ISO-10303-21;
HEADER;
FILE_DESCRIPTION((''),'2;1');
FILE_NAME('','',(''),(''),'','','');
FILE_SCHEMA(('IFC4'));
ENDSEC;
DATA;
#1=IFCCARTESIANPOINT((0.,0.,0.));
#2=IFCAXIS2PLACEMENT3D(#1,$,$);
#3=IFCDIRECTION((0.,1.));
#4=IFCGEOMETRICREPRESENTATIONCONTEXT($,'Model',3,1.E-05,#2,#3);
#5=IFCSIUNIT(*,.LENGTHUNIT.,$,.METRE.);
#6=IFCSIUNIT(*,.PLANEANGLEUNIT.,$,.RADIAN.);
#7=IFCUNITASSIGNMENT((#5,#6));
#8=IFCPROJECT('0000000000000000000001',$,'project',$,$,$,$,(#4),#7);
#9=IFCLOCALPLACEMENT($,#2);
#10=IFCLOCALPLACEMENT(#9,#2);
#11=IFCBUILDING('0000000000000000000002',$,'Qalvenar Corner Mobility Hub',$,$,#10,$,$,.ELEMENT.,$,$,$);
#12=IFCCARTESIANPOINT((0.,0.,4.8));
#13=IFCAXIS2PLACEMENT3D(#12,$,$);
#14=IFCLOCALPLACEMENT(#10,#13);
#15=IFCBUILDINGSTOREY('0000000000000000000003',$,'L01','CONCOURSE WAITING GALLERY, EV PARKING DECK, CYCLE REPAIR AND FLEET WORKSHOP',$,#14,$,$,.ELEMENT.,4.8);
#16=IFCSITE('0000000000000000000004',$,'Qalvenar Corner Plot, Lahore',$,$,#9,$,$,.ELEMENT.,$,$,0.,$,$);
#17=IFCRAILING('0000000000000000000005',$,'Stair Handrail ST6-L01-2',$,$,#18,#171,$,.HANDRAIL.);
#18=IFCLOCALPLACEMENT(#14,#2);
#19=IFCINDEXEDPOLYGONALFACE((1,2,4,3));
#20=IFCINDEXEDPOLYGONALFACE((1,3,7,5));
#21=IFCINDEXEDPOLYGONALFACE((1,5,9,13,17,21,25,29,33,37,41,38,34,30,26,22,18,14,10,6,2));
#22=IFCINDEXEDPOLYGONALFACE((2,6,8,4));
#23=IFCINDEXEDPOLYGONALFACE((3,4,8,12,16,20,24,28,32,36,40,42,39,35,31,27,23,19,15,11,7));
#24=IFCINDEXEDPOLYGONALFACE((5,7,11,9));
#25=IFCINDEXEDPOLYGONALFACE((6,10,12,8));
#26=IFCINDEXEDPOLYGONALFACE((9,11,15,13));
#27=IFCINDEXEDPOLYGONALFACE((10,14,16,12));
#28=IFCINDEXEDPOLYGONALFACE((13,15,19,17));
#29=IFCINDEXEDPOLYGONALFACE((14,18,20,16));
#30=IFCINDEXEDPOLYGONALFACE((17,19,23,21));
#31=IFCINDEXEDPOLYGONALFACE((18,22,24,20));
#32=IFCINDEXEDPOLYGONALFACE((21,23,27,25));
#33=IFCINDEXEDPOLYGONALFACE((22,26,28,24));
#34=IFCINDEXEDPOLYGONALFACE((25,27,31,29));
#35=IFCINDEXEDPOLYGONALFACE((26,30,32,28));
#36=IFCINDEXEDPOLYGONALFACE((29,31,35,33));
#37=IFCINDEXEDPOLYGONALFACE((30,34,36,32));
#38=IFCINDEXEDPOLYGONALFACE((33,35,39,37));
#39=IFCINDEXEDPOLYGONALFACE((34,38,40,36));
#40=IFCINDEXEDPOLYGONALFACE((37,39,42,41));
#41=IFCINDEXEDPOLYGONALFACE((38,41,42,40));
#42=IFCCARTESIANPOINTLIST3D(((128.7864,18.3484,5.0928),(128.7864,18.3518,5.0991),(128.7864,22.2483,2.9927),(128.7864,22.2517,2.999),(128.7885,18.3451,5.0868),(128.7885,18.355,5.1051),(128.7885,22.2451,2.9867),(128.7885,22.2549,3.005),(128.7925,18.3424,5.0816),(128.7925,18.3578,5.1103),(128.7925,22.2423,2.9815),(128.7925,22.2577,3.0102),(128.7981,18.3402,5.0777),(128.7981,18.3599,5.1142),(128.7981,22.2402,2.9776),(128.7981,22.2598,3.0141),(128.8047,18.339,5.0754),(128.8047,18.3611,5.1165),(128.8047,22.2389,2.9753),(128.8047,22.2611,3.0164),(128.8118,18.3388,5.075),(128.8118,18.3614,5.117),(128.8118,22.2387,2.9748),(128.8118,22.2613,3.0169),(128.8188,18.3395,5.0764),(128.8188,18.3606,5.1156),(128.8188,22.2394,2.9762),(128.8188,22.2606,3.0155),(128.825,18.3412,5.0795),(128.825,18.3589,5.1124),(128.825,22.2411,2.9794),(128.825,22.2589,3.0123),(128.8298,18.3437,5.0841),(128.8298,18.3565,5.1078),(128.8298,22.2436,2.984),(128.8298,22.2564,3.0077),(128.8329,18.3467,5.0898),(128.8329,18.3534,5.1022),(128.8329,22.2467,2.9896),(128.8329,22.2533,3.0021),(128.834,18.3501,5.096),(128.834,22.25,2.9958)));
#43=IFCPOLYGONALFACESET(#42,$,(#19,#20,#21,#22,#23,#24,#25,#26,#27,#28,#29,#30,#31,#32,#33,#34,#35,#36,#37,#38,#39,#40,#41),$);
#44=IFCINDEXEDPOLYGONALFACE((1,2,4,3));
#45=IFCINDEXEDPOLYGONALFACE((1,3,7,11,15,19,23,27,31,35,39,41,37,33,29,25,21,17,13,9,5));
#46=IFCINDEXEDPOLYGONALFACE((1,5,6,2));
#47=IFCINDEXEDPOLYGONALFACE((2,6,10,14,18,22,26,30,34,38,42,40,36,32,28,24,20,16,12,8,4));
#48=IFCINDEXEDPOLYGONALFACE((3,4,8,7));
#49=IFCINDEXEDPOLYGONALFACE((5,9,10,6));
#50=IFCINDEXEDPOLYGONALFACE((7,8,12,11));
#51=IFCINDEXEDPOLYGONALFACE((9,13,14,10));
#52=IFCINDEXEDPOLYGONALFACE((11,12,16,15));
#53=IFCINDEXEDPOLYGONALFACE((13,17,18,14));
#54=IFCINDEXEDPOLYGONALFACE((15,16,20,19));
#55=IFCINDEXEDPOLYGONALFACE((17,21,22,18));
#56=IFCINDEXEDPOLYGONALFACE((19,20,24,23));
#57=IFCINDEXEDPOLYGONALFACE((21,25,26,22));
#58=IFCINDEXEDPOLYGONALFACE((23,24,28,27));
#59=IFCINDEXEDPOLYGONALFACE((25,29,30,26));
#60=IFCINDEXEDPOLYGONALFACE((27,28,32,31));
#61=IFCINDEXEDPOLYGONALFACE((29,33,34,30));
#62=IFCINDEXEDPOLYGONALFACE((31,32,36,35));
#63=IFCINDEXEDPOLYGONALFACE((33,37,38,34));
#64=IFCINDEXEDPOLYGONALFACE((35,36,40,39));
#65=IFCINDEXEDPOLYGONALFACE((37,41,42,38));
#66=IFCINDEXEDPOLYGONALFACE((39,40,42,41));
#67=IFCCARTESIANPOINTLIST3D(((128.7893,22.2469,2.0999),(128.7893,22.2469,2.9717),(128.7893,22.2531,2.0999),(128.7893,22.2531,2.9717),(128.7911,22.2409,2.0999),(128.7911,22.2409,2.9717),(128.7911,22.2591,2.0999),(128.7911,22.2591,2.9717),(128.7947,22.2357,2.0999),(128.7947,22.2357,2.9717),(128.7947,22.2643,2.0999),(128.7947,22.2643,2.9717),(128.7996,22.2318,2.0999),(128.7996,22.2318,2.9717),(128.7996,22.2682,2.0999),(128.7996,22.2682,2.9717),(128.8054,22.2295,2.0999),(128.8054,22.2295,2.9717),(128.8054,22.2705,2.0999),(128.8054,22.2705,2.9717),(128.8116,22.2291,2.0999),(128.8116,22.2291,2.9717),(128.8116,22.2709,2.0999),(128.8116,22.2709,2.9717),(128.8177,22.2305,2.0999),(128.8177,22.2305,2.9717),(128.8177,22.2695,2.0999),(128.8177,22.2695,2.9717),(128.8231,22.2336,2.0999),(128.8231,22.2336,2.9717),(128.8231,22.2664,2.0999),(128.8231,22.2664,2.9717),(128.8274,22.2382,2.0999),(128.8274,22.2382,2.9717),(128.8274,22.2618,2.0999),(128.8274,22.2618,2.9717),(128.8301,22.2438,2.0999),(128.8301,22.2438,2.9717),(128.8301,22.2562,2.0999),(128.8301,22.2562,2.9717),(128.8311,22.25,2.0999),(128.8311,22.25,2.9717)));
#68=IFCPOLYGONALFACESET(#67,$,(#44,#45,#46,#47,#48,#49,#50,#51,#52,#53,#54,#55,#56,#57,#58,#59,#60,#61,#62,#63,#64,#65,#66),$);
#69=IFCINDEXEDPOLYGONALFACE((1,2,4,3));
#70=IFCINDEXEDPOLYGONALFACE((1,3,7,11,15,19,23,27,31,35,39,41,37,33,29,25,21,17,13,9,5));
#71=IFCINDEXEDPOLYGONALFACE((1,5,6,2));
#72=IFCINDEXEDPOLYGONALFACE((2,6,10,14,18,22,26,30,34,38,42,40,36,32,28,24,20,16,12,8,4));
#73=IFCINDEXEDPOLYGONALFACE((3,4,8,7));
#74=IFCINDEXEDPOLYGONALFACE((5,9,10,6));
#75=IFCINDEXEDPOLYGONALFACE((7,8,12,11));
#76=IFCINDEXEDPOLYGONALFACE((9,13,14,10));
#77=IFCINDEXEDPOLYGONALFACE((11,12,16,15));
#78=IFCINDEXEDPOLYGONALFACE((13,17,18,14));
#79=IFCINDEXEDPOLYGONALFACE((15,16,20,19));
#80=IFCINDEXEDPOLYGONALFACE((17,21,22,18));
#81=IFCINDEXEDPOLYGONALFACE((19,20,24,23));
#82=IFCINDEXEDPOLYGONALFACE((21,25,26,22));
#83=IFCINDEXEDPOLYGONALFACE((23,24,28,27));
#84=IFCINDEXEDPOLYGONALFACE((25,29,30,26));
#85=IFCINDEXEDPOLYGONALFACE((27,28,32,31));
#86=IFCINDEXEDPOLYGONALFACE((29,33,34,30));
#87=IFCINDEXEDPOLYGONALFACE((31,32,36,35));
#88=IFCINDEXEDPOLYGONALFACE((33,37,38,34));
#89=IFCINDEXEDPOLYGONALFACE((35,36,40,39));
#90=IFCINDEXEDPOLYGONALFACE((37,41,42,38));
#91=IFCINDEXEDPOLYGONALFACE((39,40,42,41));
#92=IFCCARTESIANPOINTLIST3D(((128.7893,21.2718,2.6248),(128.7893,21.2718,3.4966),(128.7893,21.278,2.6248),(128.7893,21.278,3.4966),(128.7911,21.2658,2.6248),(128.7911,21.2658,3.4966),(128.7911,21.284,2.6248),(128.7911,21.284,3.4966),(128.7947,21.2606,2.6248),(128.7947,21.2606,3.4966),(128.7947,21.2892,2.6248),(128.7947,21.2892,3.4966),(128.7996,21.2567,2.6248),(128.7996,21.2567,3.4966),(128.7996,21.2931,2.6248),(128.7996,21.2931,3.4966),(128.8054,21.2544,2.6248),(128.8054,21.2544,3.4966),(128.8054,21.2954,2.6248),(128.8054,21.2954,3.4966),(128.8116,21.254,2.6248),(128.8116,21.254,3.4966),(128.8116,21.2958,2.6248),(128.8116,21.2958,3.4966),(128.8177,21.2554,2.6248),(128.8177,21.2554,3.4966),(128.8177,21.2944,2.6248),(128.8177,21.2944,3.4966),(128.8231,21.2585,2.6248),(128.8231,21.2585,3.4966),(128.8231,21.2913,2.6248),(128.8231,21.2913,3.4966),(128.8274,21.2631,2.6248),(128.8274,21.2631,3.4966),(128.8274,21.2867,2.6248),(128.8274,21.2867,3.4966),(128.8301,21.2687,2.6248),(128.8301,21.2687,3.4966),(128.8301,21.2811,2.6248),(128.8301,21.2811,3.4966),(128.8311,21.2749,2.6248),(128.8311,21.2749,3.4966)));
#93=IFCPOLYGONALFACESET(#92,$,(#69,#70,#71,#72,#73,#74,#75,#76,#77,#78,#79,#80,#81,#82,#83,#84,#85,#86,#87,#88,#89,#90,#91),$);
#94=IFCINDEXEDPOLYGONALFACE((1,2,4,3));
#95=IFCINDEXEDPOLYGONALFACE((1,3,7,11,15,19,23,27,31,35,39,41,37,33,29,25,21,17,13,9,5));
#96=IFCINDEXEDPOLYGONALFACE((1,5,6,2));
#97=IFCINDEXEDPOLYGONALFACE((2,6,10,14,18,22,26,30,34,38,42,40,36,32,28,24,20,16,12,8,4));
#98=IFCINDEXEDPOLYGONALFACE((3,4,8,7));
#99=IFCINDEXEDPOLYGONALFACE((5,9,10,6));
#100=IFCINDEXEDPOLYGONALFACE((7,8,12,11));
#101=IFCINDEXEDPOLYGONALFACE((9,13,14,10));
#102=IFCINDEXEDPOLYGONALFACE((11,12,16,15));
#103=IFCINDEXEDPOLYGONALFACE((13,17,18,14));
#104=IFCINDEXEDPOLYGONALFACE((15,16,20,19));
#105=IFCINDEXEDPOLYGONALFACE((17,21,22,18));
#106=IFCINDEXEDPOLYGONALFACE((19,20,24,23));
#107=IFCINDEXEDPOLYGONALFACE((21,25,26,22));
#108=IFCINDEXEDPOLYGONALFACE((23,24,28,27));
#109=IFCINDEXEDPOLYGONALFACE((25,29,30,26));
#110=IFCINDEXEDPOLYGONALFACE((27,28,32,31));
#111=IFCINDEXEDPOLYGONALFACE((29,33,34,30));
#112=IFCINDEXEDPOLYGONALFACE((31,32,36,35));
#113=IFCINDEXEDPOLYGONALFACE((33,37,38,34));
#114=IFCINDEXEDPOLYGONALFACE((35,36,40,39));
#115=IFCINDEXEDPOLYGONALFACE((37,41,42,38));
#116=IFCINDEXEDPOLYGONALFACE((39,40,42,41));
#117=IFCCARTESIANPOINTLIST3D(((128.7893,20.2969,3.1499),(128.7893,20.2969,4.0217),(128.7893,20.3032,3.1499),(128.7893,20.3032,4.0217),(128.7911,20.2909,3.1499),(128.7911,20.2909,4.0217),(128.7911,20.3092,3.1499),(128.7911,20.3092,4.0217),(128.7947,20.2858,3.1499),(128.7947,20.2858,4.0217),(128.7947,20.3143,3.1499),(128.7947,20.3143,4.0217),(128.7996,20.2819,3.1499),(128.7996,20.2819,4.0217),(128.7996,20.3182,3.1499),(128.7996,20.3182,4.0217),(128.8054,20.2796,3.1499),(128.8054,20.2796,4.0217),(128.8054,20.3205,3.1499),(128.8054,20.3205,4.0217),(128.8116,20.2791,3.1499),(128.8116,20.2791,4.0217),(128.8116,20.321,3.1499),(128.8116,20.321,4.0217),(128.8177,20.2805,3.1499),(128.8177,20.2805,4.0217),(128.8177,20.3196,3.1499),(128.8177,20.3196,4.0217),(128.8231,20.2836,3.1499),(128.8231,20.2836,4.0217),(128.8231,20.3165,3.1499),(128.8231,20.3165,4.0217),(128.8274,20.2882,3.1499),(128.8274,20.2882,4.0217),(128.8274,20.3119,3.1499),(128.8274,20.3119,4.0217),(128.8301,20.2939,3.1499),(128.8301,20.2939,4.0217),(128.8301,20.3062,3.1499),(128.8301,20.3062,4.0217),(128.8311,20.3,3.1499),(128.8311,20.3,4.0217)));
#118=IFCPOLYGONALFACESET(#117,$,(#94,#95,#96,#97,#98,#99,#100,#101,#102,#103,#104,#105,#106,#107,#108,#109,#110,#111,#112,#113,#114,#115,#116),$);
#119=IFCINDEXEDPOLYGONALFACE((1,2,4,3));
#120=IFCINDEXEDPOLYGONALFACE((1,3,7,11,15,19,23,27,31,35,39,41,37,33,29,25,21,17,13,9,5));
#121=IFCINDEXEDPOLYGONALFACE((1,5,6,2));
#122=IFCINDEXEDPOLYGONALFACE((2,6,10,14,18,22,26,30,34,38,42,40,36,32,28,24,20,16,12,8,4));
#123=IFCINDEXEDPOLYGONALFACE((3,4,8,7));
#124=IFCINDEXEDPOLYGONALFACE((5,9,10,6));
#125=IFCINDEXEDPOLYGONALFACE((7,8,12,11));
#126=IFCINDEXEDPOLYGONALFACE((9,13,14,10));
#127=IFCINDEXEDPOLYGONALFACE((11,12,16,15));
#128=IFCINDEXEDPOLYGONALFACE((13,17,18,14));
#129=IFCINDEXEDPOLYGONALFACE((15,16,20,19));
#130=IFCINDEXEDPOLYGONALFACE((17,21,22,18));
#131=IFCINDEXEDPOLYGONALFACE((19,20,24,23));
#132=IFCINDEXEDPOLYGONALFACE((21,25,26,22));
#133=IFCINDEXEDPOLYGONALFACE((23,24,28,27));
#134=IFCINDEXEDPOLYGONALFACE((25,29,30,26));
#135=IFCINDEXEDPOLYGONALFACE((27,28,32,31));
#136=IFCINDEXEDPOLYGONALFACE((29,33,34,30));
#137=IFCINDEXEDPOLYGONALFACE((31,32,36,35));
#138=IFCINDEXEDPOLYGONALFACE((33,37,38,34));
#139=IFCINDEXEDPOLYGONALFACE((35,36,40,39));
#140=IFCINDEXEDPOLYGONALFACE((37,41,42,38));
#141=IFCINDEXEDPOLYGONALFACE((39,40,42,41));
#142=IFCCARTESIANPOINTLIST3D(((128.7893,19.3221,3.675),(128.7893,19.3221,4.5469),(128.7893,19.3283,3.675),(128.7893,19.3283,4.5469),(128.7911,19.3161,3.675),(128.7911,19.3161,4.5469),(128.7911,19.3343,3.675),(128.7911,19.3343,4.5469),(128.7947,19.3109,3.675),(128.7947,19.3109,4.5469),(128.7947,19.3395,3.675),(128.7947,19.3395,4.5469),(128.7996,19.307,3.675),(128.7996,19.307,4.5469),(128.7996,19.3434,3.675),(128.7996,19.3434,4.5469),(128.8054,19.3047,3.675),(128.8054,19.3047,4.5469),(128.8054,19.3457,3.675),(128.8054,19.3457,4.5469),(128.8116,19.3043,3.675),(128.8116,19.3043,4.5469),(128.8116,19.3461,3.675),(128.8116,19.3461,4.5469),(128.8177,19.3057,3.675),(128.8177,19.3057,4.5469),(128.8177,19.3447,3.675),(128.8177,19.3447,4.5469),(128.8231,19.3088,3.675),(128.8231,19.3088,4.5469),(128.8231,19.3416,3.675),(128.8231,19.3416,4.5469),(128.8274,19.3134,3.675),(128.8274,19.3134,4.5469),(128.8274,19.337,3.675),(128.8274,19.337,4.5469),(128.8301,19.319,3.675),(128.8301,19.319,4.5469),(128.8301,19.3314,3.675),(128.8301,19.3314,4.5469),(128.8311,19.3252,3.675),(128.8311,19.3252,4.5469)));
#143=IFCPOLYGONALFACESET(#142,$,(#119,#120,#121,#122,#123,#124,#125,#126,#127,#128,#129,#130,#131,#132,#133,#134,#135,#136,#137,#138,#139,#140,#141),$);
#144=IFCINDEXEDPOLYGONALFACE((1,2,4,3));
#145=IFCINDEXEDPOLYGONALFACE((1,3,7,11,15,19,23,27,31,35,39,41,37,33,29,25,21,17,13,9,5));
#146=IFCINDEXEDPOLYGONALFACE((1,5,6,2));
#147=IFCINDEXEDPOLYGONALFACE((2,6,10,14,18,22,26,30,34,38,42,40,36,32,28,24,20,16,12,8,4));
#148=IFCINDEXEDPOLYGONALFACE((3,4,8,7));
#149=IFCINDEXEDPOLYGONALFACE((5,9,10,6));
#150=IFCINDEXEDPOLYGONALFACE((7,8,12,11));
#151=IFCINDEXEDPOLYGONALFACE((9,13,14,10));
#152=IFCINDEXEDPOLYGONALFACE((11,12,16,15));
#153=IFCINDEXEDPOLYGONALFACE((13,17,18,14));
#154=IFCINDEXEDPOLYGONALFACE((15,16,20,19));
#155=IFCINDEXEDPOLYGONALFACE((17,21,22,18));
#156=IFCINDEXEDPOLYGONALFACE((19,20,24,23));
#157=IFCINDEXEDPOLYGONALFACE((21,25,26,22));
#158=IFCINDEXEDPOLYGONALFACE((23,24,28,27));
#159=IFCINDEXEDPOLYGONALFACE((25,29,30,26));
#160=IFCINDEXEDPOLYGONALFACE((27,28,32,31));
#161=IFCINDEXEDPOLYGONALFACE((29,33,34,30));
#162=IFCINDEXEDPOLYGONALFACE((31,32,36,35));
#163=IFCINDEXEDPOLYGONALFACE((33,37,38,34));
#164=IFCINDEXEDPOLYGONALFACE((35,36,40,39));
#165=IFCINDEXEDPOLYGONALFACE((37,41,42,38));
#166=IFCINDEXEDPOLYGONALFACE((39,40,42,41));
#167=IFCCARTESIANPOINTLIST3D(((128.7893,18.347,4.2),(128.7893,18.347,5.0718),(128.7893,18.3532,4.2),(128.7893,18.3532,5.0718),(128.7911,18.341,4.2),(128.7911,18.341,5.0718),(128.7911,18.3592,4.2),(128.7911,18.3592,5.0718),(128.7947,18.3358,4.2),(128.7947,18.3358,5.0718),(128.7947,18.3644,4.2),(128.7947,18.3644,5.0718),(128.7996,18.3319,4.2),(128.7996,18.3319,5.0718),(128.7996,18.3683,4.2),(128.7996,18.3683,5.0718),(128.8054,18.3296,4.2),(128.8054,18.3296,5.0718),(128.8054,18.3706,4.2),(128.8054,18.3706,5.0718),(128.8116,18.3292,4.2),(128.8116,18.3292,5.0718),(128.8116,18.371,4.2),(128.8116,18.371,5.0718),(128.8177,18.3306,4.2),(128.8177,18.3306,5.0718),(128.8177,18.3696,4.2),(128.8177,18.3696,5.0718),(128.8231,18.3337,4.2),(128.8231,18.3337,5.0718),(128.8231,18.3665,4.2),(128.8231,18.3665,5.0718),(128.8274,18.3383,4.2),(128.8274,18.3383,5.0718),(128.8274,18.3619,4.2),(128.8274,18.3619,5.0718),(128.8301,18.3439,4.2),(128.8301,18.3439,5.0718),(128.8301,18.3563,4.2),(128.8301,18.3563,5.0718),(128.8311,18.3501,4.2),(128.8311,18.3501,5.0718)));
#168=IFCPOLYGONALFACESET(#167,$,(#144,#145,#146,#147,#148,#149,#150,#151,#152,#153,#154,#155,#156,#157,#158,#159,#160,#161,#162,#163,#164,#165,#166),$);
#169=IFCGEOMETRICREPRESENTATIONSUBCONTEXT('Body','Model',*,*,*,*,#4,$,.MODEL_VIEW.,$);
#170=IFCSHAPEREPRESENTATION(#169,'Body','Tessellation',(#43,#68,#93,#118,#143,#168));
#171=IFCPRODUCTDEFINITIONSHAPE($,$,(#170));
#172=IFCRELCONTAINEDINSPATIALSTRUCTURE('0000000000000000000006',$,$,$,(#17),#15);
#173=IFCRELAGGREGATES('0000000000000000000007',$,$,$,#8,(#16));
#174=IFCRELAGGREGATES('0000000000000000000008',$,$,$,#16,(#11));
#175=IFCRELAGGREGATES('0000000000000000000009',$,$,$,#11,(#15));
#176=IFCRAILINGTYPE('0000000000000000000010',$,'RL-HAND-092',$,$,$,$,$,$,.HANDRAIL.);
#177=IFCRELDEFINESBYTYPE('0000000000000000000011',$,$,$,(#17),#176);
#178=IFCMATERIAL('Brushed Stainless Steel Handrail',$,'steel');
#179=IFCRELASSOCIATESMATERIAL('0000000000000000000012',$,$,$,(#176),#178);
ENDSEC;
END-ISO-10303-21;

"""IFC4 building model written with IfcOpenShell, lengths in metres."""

from ifc_helpers import new_model, si_unit, direction, frame, origin, origin_2d, place, context, subcontext, project, spatial, circle, extrude, material, type_object, element, save


model = new_model("IFC4")

# Units and contexts
model_context = context("Model", 3, precision=1e-05, world=origin(), true_north=direction((0.0, 1.0)))
body_context = subcontext(model_context, "Body", "Model", "MODEL_VIEW")
ifc_project = project(units=[si_unit("LENGTHUNIT", "METRE"), si_unit("PLANEANGLEUNIT", "RADIAN")], contexts=[model_context])

# Site, building, storey
site_placement = place(None, origin())
site = spatial("IfcSite", under=ifc_project, at=site_placement, Name="Qalvenar Corner Plot, Lahore", CompositionType="ELEMENT", RefElevation=0.0)
building_placement = place(site_placement, origin())
building = spatial("IfcBuilding", under=site, at=building_placement, Name="Qalvenar Corner Mobility Hub", CompositionType="ELEMENT")
storey_placement = place(building_placement, frame((0.0, 0.0, 4.8)))
storey = spatial("IfcBuildingStorey", under=building, at=storey_placement, Name="L01", Description="CONCOURSE WAITING GALLERY, EV PARKING DECK, CYCLE REPAIR AND FLEET WORKSHOP", CompositionType="ELEMENT", Elevation=4.8)

# Railing
ifc_material_1 = material(Name="Brushed Stainless Steel Handrail", Category="steel")
railing_type_1 = type_object("IfcRailingType", Name="RL-HAND-092", PredefinedType="HANDRAIL", material=ifc_material_1)
railing_1_placement = place(storey_placement, frame((128.8101, 22.25, 2.0999)))
element("IfcRailing", 1, at=railing_1_placement, inside=storey, type_object=railing_type_1, Name="Stair Handrail ST6-L01-2", PredefinedType="HANDRAIL", context=body_context, shape_type="SweptSolid", body=[
    extrude(circle(Radius=0.0239, at=origin_2d()), frame((0.0, 0.0, 0.896), z_axis=(0.0, -0.880457, 0.474126), x_axis=(1.0, 0.0, 0.0)), (0.0, 0.0, 1.0), 4.4294),
    extrude(circle(Radius=0.021, at=origin_2d()), origin(), (0.0, 0.0, 1.0), 0.8718),
    extrude(circle(Radius=0.021, at=origin_2d()), frame((0.0, -0.9751, 0.5249)), (0.0, 0.0, 1.0), 0.8718),
    extrude(circle(Radius=0.021, at=origin_2d()), frame((0.0, -1.95, 1.05)), (0.0, 0.0, 1.0), 0.8718),
    extrude(circle(Radius=0.021, at=origin_2d()), frame((0.0, -2.9248, 1.5752)), (0.0, 0.0, 1.0), 0.8718),
    extrude(circle(Radius=0.021, at=origin_2d()), frame((0.0, -3.8999, 2.1001)), (0.0, 0.0, 1.0), 0.8718),
])

save(model, "model.ifc")
